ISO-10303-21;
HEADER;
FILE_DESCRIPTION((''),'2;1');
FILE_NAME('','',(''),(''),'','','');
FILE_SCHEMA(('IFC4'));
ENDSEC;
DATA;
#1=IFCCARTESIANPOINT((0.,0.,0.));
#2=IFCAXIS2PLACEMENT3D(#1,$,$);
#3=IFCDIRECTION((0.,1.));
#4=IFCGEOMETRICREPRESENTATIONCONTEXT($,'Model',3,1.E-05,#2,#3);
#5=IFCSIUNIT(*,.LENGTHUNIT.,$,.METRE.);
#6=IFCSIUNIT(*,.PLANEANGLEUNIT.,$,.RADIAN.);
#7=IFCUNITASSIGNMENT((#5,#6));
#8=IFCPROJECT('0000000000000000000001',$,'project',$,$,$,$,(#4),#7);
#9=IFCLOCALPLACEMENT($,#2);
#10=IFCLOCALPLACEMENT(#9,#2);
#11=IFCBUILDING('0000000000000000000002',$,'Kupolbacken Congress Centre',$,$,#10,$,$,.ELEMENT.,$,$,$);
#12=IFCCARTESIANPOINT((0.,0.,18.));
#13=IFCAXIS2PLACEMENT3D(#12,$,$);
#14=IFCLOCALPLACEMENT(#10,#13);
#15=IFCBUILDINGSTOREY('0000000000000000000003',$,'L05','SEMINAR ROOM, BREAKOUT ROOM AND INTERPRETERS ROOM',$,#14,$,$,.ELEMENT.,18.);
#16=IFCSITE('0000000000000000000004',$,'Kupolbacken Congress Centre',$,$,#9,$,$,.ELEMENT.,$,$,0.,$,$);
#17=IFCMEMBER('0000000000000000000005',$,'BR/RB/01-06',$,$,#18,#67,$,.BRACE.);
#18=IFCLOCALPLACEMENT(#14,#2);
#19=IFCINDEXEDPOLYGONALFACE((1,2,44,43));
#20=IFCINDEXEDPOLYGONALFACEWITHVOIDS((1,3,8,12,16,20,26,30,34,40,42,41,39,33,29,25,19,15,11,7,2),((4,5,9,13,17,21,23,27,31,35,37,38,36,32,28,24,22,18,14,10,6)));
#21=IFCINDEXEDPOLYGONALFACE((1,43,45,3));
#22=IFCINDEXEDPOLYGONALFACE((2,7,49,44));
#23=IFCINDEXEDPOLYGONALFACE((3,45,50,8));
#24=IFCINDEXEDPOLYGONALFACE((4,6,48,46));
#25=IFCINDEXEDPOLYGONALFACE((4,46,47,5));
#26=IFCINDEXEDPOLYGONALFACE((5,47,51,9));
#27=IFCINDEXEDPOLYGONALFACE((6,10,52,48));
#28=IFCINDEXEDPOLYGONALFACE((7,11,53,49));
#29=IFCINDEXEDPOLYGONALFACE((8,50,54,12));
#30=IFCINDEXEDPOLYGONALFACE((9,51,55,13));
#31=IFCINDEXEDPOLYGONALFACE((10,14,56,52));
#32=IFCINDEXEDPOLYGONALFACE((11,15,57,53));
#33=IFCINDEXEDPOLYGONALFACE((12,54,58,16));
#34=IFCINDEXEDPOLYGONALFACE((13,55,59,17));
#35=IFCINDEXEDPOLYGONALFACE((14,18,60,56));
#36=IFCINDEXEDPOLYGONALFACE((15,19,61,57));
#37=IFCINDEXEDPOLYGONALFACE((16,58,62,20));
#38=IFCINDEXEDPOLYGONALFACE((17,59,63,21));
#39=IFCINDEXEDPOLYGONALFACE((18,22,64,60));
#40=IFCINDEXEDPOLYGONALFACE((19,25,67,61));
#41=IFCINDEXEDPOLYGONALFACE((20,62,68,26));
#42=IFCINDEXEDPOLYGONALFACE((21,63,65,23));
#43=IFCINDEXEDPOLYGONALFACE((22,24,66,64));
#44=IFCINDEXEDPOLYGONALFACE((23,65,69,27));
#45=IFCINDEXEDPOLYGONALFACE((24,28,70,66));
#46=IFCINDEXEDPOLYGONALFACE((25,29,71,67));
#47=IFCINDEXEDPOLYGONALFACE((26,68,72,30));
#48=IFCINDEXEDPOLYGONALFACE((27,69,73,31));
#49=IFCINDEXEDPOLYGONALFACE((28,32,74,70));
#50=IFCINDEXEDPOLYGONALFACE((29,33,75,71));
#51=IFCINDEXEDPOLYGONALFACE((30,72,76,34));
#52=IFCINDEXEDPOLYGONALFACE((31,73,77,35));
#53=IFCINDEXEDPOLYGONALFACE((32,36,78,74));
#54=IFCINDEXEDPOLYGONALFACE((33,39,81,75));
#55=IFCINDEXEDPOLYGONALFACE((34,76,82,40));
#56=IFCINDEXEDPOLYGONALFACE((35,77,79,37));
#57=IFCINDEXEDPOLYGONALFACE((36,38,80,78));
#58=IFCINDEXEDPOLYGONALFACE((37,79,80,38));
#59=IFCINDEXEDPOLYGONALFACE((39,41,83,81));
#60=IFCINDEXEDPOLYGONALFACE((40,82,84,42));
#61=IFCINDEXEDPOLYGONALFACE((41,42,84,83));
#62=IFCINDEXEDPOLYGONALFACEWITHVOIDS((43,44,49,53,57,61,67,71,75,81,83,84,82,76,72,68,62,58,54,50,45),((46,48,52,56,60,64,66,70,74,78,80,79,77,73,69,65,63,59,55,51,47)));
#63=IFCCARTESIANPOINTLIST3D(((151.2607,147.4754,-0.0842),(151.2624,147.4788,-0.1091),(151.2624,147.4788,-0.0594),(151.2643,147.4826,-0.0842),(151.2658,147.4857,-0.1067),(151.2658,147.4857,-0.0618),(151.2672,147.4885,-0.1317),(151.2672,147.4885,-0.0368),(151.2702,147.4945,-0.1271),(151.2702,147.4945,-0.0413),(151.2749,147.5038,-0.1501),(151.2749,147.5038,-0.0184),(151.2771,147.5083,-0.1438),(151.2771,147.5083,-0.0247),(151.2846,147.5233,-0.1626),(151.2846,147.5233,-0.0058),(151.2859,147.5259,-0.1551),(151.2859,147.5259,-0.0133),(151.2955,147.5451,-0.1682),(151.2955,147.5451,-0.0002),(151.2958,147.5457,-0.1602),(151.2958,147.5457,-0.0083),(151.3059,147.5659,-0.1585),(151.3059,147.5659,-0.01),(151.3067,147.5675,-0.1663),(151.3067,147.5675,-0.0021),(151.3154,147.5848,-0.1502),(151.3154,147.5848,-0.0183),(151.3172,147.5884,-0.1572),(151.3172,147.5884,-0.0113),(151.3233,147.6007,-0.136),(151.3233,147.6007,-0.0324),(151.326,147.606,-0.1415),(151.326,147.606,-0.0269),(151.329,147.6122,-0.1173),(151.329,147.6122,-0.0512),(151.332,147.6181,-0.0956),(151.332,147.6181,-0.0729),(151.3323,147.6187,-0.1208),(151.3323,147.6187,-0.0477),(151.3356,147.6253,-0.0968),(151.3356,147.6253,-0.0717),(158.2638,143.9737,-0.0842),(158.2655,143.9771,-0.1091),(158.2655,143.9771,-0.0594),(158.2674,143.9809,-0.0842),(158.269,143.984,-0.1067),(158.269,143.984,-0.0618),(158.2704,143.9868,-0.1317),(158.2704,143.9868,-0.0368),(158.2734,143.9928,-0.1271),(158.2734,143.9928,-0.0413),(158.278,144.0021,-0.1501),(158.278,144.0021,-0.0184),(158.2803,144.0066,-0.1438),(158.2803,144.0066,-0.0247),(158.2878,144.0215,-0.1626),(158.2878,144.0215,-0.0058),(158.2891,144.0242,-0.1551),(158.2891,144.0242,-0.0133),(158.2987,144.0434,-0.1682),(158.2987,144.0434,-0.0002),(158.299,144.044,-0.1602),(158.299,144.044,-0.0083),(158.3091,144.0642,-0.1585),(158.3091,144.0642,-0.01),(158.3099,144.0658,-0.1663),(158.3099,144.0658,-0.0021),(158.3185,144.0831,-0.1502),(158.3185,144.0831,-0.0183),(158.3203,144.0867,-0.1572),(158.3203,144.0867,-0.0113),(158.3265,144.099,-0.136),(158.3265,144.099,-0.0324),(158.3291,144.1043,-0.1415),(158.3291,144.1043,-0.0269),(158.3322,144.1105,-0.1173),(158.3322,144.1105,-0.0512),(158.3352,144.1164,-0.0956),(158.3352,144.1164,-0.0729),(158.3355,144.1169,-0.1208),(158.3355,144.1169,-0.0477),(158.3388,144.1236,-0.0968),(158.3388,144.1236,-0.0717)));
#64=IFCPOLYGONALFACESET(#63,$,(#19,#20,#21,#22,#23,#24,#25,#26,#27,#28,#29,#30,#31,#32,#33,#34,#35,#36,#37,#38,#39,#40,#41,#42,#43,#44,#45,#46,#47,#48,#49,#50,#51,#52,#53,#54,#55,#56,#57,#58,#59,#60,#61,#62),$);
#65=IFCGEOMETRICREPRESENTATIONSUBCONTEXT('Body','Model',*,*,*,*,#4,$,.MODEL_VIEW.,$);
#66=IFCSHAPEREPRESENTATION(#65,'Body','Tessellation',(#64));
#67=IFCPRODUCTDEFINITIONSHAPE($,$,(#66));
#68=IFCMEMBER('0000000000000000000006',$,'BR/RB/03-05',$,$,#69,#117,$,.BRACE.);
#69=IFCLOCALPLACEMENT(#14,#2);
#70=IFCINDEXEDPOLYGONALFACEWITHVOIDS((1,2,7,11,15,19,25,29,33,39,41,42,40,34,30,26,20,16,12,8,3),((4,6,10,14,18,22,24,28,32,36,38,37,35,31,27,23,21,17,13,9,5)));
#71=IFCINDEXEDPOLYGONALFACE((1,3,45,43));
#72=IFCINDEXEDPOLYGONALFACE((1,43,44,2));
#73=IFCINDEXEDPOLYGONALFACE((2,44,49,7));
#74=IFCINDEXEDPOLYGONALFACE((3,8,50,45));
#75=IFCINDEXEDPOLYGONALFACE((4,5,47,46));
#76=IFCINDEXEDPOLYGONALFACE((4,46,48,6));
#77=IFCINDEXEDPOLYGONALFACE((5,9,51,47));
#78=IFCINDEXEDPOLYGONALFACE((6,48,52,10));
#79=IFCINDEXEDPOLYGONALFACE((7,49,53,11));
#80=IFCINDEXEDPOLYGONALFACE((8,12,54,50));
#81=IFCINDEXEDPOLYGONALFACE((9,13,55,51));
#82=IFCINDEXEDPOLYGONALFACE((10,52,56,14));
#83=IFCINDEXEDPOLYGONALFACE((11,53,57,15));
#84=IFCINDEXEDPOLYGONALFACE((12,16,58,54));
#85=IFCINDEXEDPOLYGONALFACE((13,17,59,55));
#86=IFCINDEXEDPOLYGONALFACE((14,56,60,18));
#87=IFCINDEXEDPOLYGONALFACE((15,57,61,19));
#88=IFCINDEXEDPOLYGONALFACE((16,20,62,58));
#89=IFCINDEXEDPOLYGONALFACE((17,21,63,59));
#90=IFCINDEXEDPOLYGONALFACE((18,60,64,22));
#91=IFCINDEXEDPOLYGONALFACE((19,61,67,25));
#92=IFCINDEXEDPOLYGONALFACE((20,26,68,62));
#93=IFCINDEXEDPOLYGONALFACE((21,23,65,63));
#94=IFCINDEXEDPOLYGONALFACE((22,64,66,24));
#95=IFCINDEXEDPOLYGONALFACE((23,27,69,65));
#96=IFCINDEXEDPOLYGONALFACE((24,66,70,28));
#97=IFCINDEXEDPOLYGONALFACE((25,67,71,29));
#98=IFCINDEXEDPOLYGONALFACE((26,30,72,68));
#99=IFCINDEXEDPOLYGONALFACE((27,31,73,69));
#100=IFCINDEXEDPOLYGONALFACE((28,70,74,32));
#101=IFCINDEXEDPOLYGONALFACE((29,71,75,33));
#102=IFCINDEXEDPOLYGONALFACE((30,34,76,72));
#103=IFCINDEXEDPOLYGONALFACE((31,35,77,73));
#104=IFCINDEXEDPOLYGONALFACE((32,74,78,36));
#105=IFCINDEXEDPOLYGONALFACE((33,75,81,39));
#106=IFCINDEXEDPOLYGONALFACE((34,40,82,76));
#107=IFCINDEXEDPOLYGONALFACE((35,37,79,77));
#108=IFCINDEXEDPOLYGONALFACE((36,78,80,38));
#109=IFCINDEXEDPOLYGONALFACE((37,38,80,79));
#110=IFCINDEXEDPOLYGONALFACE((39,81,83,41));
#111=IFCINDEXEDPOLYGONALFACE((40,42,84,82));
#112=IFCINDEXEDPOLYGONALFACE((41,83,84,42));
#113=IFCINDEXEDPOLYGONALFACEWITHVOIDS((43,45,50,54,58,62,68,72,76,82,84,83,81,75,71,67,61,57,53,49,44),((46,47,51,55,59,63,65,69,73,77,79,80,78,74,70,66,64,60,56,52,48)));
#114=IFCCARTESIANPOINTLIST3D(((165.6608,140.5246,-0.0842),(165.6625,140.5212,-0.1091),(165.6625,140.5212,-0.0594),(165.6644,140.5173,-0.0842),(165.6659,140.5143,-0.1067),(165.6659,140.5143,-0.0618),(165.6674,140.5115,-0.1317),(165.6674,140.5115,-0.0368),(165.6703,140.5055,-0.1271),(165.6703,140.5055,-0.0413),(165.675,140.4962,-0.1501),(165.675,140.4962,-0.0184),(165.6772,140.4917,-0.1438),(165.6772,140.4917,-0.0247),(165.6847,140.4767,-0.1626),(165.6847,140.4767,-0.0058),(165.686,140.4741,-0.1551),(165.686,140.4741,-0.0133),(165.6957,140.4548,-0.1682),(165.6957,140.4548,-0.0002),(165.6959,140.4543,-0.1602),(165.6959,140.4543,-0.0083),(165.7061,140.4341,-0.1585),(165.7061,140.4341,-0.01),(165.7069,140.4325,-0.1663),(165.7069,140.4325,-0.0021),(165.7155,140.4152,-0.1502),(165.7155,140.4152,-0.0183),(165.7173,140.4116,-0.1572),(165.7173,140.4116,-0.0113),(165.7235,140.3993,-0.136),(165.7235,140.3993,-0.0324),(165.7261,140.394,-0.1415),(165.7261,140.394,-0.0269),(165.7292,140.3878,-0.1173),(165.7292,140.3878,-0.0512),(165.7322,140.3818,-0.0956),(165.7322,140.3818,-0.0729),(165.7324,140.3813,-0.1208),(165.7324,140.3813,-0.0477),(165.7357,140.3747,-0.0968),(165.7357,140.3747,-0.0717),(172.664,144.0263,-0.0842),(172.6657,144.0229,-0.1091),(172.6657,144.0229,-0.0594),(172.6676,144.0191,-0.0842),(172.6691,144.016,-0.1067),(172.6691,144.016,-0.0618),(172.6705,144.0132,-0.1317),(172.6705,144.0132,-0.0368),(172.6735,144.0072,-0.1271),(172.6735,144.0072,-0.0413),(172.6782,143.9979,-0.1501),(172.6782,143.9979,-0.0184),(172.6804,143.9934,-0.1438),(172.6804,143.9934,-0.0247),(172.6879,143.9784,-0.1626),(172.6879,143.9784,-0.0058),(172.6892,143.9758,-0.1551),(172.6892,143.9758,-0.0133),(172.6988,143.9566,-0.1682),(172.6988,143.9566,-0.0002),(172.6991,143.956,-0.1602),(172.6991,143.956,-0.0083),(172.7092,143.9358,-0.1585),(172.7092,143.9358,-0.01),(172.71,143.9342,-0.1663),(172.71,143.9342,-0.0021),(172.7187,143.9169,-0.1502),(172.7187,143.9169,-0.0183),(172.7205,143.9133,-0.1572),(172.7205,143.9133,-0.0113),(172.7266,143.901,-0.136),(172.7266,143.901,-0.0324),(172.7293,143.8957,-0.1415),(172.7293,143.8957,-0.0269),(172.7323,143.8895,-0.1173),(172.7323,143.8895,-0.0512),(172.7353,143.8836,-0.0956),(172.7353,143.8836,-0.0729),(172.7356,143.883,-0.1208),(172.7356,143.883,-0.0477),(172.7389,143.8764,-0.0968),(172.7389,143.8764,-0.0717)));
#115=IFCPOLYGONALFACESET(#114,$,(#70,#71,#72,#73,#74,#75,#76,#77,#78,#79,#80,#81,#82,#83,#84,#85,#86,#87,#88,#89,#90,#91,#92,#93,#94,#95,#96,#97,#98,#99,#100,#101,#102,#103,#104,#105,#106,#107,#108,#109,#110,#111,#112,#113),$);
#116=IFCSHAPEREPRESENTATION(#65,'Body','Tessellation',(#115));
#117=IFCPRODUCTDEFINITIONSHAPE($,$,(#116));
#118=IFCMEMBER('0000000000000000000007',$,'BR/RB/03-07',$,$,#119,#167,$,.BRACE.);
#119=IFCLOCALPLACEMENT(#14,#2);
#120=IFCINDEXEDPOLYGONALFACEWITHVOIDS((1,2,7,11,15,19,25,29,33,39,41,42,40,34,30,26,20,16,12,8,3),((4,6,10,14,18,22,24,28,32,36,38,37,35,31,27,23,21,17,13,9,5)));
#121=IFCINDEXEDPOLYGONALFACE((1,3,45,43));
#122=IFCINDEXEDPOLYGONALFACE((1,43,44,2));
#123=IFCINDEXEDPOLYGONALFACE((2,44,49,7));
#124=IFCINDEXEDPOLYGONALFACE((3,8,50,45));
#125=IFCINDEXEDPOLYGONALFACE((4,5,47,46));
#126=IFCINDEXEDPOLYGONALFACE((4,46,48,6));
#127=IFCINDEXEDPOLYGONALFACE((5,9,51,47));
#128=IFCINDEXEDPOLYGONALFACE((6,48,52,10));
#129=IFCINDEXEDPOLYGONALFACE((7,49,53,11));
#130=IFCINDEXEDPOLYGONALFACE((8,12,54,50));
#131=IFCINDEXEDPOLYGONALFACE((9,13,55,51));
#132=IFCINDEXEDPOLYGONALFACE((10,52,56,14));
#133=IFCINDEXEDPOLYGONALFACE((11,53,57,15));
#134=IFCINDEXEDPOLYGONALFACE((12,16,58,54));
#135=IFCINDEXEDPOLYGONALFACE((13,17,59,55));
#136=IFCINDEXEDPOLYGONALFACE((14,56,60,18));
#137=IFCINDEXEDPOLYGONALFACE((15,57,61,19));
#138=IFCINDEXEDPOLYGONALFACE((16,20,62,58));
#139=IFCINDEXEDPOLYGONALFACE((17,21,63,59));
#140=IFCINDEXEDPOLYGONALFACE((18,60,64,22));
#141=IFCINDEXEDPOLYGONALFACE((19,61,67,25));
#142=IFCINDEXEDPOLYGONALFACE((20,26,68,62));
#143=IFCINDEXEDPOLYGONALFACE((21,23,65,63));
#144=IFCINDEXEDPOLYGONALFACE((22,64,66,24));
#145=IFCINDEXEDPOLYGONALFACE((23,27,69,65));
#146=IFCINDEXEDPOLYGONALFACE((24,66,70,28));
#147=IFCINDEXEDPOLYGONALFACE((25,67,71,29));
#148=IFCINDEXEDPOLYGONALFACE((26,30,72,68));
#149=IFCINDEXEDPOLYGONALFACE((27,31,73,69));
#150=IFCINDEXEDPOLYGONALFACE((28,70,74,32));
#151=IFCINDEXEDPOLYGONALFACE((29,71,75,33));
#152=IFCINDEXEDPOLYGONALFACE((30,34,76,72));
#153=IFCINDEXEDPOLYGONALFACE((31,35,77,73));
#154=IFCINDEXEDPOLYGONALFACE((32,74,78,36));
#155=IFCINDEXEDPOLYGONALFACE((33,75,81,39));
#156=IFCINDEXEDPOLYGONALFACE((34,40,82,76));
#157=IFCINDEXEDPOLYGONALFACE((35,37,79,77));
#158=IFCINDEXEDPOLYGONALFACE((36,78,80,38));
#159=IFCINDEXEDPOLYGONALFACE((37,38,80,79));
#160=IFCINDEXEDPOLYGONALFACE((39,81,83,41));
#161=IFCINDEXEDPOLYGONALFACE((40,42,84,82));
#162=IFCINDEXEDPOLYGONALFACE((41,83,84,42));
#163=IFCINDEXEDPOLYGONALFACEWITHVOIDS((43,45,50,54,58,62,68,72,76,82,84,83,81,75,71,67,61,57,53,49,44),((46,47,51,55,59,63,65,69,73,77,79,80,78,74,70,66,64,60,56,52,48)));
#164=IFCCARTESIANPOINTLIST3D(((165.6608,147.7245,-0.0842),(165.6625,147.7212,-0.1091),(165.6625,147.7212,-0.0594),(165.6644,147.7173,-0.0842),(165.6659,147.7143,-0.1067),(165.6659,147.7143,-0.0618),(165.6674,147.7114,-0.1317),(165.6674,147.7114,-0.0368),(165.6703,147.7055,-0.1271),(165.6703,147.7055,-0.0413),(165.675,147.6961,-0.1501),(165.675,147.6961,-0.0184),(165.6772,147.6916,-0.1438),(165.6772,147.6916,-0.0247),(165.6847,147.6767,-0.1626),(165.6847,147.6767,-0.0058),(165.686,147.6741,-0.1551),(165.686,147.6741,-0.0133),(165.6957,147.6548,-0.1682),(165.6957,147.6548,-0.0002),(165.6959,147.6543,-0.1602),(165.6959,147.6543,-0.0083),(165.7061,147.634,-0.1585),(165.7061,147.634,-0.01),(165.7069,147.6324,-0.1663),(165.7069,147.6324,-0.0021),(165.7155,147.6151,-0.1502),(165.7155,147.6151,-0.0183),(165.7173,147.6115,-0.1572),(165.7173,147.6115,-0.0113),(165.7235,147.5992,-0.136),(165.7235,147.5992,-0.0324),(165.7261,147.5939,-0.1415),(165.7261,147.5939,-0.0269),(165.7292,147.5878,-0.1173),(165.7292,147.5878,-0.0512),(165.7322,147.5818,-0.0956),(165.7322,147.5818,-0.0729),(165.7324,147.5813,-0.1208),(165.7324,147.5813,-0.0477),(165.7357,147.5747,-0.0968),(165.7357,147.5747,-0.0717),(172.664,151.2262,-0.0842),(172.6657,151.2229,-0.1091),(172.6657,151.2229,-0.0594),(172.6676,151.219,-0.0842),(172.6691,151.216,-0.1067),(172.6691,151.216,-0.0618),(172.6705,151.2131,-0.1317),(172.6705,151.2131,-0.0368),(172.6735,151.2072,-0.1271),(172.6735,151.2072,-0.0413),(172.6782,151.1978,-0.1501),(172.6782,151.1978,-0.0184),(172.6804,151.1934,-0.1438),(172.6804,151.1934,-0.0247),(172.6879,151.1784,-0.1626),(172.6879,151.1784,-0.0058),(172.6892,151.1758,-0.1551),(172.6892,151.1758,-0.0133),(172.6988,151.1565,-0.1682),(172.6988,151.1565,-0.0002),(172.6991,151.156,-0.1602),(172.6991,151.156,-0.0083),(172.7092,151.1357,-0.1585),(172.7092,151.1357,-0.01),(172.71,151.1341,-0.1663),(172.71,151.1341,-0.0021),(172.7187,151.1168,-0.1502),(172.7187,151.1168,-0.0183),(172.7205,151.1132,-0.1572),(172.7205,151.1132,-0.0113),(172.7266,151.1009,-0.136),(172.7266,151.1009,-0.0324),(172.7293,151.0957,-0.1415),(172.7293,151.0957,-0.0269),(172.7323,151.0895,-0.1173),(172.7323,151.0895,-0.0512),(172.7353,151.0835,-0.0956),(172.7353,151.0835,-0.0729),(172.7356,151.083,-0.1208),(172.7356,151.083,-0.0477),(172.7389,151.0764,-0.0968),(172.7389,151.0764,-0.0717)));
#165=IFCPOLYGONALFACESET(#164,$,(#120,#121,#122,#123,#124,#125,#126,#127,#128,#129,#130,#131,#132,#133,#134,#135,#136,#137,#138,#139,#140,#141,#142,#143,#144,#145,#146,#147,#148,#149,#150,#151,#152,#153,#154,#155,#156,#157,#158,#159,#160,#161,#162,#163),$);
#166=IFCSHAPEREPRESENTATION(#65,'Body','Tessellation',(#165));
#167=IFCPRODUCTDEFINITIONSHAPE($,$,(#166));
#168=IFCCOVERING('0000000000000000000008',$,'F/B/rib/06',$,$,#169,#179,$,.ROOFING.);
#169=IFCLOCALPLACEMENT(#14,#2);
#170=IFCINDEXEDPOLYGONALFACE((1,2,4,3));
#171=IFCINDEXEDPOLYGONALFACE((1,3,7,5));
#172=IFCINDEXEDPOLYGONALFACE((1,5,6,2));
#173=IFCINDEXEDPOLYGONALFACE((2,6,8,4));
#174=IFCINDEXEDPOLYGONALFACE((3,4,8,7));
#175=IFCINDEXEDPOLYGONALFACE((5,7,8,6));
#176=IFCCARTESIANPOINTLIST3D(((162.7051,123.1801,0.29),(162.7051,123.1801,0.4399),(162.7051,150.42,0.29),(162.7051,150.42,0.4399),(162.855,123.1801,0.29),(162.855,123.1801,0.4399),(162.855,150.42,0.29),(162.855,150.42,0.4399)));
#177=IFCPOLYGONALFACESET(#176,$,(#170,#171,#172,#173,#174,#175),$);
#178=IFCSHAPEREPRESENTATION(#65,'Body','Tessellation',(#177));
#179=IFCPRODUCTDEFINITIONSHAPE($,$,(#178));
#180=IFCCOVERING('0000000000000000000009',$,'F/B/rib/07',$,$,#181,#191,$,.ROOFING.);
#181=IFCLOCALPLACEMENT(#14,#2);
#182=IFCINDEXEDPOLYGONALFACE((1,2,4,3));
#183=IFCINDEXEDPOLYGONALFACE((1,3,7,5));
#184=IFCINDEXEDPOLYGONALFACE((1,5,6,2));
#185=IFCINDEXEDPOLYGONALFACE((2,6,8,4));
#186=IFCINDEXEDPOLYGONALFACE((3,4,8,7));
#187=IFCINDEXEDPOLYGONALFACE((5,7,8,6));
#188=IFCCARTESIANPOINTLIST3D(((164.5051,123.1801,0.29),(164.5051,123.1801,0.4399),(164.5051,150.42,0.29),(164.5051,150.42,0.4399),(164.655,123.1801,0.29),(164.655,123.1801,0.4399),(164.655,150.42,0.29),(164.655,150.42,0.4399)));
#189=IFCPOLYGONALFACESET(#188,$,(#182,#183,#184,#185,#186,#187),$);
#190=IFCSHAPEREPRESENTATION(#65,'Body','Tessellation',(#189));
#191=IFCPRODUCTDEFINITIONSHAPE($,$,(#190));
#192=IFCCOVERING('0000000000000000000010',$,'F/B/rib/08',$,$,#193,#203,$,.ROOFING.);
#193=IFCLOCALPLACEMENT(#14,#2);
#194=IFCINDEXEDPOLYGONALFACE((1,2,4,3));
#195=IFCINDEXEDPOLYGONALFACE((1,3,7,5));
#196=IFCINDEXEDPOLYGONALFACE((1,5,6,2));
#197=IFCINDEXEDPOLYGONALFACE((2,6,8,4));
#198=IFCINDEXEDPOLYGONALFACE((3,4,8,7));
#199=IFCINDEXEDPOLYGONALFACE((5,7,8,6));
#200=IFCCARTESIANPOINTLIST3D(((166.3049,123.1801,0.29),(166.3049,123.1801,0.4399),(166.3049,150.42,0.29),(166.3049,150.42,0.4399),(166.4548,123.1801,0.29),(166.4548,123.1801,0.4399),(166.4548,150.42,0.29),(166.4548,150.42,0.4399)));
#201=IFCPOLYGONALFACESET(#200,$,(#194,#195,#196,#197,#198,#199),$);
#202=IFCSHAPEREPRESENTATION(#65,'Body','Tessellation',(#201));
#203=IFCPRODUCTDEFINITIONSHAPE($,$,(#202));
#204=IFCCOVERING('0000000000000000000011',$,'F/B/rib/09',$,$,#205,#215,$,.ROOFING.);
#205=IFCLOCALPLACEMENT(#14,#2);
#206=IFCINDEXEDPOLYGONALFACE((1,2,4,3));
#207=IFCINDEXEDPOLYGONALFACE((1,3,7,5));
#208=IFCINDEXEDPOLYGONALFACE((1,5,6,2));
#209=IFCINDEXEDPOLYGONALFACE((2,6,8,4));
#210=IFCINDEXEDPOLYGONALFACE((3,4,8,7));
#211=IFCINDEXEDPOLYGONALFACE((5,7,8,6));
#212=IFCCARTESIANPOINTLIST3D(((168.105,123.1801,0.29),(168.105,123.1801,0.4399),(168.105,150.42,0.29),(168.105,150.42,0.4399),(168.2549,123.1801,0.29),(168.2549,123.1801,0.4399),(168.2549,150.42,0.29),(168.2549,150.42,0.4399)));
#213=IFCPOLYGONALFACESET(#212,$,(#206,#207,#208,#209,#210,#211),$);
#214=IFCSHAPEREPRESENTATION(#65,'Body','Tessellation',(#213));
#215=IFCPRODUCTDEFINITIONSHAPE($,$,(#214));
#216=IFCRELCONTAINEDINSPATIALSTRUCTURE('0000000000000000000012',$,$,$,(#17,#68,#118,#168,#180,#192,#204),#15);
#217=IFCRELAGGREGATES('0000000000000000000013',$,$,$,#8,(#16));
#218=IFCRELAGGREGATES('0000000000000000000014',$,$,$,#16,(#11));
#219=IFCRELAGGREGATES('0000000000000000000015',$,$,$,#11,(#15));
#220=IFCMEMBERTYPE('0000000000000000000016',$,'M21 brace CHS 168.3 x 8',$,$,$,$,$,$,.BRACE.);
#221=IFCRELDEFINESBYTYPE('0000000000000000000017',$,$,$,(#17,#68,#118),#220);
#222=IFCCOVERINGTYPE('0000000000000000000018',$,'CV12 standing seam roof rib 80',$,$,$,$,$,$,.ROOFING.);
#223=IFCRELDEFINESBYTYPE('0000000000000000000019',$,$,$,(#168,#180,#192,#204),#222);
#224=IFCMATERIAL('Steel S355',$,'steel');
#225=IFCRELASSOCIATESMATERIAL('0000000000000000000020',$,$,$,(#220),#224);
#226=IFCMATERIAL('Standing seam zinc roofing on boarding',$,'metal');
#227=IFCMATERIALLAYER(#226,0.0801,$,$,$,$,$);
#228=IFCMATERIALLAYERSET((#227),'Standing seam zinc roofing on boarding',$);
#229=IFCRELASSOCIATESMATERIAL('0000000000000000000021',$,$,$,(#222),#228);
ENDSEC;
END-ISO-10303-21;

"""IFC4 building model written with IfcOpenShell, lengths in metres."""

from ifc_helpers import new_model, si_unit, direction, frame, origin, origin_2d, place, context, subcontext, project, spatial, rectangle, hollow_circle, extrude, material, layer, layer_set, material_profile, profile_set, type_object, element, save


model = new_model("IFC4")

# Units and contexts
model_context = context("Model", 3, precision=1e-05, world=origin(), true_north=direction((0.0, 1.0)))
body_context = subcontext(model_context, "Body", "Model", "MODEL_VIEW")
ifc_project = project(units=[si_unit("LENGTHUNIT", "METRE"), si_unit("PLANEANGLEUNIT", "RADIAN")], contexts=[model_context])

# Site, building, storey
site_placement = place(None, origin())
site = spatial("IfcSite", under=ifc_project, at=site_placement, Name="Kupolbacken Congress Centre", CompositionType="ELEMENT", RefElevation=0.0)
building_placement = place(site_placement, origin())
building = spatial("IfcBuilding", under=site, at=building_placement, Name="Kupolbacken Congress Centre", CompositionType="ELEMENT")
storey_placement = place(building_placement, frame((0.0, 0.0, 18.0)))
storey = spatial("IfcBuildingStorey", under=building, at=storey_placement, Name="L05", Description="SEMINAR ROOM, BREAKOUT ROOM AND INTERPRETERS ROOM", CompositionType="ELEMENT", Elevation=18.0)

# Members
ifc_material_1 = material(Name="Steel S355", Category="steel")
ifc_material_profile_1 = material_profile(ifc_material_1, hollow_circle(Radius=0.0842, WallThickness=0.0081, at=origin_2d()), Name="CHS 168.3 x 8")
ifc_profile_set_1 = profile_set([ifc_material_profile_1], Name="Steel S355")
member_type_1 = type_object("IfcMemberType", Name="M21 brace CHS 168.3 x 8", PredefinedType="BRACE", material=ifc_profile_set_1)
for number, where, z_axis, x_axis, name in (
    (1, (158.3015, 144.0491, -0.0842), (-0.894421, 0.447226, 0.0), (-0.447226, -0.894421, 0.0), "BR/RB/01-06"),
    (2, (165.6985, 140.4492, -0.0842), (0.894421, 0.447226, 0.0), (-0.447226, 0.894421, 0.0), "BR/RB/03-05"),
    (3, (165.6985, 147.6492, -0.0842), (0.894421, 0.447226, 0.0), (-0.447226, 0.894421, 0.0), "BR/RB/03-07"),
):
    element("IfcMember", number, at=place(storey_placement, frame(where, z_axis=z_axis, x_axis=x_axis)), inside=storey, type_object=member_type_1, Name=name, PredefinedType="BRACE", context=body_context, shape_type="SweptSolid", body=[
        extrude(hollow_circle(Radius=0.0842, WallThickness=0.0081, at=origin_2d()), origin(), (0.0, 0.0, 1.0), 7.8298),
    ])

# Coverings
ifc_material_2 = material(Name="Standing seam zinc roofing on boarding", Category="metal")
ifc_layer_1 = layer(ifc_material_2, 0.0801)
ifc_layer_set_1 = layer_set([ifc_layer_1], Name="Standing seam zinc roofing on boarding")
covering_type = type_object("IfcCoveringType", Name="CV12 standing seam roof rib 80", PredefinedType="ROOFING", material=ifc_layer_set_1)
for number, where, z_axis, x_axis, name in (
    (4, (162.78, 136.8, 0.29), (0.0, 0.0, 1.0), (0.0, 1.0, 0.0), "F/B/rib/06"),
    (5, (164.5801, 136.8, 0.29), (0.0, 0.0, 1.0), (0.0, 1.0, 0.0), "F/B/rib/07"),
    (6, (166.3799, 136.8, 0.29), (0.0, 0.0, 1.0), (0.0, 1.0, 0.0), "F/B/rib/08"),
    (7, (168.1799, 136.8, 0.29), (0.0, 0.0, 1.0), (0.0, 1.0, 0.0), "F/B/rib/09"),
):
    element("IfcCovering", number, at=place(storey_placement, frame(where, z_axis=z_axis, x_axis=x_axis)), inside=storey, type_object=covering_type, Name=name, PredefinedType="ROOFING", context=body_context, shape_type="SweptSolid", body=[
        extrude(rectangle(XDim=27.24, YDim=0.1499, at=origin_2d()), origin(), (0.0, 0.0, 1.0), 0.1499),
    ])

save(model, "model.ifc")
